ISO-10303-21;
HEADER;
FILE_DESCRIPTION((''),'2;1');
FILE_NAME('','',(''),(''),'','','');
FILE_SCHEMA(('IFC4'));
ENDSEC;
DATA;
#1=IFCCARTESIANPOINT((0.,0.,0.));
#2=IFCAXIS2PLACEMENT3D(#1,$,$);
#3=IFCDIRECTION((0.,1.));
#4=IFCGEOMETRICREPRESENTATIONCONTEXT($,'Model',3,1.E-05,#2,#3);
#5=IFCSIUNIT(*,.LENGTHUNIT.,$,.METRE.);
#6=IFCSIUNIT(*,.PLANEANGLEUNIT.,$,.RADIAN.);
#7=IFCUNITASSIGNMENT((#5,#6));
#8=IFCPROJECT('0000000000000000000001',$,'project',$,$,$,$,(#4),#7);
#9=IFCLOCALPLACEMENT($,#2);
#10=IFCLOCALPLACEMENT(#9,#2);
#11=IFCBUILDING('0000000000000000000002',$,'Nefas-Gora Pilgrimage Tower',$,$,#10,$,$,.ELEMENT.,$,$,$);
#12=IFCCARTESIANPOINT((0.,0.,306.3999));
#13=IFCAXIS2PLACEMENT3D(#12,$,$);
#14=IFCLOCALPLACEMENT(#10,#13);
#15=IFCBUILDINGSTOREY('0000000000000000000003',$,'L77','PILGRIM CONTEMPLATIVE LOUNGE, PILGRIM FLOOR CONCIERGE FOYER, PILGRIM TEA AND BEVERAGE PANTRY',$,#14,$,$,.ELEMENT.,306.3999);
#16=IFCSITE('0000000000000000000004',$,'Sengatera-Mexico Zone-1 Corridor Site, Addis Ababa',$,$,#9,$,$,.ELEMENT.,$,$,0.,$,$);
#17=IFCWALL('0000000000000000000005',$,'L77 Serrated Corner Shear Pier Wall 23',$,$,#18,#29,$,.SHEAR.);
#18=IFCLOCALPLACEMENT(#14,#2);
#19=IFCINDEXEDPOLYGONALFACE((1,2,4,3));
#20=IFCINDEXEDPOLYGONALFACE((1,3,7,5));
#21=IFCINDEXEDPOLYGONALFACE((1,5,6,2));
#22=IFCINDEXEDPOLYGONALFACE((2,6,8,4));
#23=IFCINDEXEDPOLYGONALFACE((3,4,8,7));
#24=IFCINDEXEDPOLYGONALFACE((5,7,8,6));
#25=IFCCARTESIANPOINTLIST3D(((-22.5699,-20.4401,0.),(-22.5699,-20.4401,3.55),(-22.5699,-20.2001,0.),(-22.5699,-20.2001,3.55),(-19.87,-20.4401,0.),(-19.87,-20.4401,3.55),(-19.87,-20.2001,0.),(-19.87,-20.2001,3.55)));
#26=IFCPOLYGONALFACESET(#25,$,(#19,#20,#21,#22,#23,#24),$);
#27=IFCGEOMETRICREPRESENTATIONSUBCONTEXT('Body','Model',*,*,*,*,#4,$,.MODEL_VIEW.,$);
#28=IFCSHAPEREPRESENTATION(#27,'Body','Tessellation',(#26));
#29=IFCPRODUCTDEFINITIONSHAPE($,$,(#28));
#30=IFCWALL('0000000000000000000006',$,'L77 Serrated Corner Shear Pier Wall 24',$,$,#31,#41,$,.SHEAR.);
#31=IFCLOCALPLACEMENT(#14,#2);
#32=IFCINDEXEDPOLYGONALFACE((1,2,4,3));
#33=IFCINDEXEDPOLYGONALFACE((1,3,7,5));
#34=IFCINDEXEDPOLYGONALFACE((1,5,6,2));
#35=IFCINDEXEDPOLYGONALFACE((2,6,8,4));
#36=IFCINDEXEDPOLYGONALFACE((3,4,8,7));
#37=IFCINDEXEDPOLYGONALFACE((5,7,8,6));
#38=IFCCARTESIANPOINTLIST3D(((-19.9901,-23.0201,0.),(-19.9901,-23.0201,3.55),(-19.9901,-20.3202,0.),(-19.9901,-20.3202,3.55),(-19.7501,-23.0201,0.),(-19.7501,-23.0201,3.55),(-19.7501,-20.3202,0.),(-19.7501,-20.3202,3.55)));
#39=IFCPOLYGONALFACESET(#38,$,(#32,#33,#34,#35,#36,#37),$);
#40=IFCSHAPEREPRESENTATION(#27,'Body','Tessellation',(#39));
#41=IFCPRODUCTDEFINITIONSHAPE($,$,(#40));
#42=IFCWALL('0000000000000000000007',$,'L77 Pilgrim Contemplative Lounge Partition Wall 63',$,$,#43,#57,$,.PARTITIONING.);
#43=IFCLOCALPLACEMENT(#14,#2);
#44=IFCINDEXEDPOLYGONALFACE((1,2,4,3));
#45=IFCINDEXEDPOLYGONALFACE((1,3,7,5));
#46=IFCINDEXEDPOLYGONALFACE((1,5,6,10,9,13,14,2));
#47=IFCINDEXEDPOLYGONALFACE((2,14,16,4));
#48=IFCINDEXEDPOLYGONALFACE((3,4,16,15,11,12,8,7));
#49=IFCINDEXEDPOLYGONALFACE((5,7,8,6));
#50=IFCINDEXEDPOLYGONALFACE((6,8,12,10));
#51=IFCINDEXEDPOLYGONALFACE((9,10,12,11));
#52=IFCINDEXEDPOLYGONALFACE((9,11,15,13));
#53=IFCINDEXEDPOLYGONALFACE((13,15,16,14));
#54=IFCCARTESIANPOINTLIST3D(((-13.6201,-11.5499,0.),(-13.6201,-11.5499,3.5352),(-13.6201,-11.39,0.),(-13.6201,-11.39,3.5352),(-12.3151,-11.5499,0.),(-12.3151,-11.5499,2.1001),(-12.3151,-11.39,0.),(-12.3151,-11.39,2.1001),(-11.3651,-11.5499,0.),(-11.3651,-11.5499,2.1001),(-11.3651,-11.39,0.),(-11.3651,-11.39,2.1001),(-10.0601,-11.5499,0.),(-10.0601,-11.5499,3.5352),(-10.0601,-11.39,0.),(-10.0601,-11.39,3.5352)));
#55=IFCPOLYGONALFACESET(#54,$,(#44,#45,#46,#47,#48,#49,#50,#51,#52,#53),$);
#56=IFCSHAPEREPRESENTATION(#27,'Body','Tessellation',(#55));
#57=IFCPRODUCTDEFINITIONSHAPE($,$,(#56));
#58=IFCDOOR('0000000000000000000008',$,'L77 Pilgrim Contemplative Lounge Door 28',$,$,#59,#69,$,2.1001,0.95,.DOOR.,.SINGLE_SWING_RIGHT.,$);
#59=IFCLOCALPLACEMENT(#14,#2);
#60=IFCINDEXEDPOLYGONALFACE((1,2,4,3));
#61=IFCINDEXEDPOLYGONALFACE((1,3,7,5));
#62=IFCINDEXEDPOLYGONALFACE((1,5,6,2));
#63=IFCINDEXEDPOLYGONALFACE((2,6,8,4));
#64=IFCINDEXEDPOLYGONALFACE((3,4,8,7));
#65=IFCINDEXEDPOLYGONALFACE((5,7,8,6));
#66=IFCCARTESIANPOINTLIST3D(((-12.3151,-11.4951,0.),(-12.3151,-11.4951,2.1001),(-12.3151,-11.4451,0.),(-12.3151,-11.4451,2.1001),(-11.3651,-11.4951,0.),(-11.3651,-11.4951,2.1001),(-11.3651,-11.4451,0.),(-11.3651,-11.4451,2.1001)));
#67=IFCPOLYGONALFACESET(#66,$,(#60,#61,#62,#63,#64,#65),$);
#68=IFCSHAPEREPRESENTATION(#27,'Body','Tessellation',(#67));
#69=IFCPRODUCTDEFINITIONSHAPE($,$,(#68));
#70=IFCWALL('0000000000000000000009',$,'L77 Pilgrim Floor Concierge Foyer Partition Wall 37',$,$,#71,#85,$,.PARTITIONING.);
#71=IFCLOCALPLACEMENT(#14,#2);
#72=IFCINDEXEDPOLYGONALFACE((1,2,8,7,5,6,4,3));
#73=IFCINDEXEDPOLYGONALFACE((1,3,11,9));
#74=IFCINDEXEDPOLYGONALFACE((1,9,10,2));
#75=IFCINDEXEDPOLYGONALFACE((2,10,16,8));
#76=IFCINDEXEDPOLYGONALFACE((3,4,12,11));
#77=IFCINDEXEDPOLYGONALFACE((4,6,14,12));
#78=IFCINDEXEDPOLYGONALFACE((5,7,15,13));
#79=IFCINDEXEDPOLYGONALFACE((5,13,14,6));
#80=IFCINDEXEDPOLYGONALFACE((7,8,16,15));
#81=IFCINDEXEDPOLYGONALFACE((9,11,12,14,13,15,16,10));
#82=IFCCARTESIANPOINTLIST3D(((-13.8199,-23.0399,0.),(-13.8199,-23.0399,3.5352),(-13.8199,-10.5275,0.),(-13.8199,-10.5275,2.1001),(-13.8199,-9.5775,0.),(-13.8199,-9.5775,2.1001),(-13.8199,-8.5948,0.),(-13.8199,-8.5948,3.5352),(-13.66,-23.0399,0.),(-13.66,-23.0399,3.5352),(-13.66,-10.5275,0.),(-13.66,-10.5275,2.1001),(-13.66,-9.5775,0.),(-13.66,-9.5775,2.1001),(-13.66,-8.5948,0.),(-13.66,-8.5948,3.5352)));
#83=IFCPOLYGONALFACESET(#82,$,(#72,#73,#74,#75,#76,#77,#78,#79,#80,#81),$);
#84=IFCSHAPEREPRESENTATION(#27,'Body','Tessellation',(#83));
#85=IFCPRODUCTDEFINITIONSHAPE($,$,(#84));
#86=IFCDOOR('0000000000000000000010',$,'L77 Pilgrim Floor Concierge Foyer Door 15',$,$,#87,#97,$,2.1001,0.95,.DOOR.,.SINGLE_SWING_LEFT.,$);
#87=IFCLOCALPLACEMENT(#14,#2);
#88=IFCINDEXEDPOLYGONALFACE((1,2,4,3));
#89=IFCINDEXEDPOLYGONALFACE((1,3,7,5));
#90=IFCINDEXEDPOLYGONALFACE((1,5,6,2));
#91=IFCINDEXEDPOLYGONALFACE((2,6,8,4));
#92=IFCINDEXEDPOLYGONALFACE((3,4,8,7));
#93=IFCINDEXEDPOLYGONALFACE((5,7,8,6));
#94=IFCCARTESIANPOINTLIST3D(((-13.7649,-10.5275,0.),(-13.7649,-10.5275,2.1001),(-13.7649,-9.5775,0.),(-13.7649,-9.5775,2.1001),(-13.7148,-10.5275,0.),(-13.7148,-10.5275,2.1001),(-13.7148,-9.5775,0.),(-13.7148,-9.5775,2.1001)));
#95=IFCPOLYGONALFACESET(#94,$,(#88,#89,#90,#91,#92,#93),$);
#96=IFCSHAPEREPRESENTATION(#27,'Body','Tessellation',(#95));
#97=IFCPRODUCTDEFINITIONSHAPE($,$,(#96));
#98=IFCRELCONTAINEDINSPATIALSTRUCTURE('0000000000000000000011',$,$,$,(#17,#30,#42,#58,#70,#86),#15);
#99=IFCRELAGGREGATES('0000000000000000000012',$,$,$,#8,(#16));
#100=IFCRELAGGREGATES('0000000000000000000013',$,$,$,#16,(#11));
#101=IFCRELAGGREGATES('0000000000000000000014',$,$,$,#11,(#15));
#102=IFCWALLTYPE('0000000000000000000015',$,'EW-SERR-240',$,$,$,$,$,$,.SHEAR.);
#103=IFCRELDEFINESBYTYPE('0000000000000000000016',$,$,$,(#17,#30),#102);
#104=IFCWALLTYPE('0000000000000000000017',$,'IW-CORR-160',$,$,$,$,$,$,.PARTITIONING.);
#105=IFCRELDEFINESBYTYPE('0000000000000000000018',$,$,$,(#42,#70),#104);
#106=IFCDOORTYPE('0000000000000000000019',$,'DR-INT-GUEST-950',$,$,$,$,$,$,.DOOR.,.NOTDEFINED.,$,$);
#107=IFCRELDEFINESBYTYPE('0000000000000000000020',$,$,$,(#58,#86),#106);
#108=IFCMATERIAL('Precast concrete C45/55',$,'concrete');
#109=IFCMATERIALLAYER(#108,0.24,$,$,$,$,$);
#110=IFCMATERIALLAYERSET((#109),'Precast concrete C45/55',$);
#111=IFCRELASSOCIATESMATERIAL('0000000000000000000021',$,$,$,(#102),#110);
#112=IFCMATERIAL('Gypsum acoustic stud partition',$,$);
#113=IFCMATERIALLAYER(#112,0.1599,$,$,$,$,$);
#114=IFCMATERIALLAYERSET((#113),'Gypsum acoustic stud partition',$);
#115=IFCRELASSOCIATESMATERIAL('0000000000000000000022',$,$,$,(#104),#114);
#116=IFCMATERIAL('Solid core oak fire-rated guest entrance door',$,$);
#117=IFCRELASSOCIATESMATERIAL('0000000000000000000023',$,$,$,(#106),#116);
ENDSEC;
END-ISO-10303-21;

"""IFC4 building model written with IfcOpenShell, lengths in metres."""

from ifc_helpers import new_model, si_unit, direction, frame, frame_2d, origin, place, context, subcontext, project, spatial, rectangle, extrude, source, transform, mapped, material, layer, layer_set, type_object, element, fill, save


model = new_model("IFC4")

# Units and contexts
model_context = context("Model", 3, precision=1e-05, world=origin(), true_north=direction((0.0, 1.0)))
body_context = subcontext(model_context, "Body", "Model", "MODEL_VIEW")
ifc_project = project(units=[si_unit("LENGTHUNIT", "METRE"), si_unit("PLANEANGLEUNIT", "RADIAN")], contexts=[model_context])

# Site, building, storey
site_placement = place(None, origin())
site = spatial("IfcSite", under=ifc_project, at=site_placement, Name="Sengatera-Mexico Zone-1 Corridor Site, Addis Ababa", CompositionType="ELEMENT", RefElevation=0.0)
building_placement = place(site_placement, origin())
building = spatial("IfcBuilding", under=site, at=building_placement, Name="Nefas-Gora Pilgrimage Tower", CompositionType="ELEMENT")
storey_placement = place(building_placement, frame((0.0, 0.0, 306.3999)))
storey = spatial("IfcBuildingStorey", under=building, at=storey_placement, Name="L77", Description="PILGRIM CONTEMPLATIVE LOUNGE, PILGRIM FLOOR CONCIERGE FOYER, PILGRIM TEA AND BEVERAGE PANTRY", CompositionType="ELEMENT", Elevation=306.3999)

# Shared definitions
ifc_material_1 = material(Name="Precast concrete C45/55", Category="concrete")
ifc_layer_1 = layer(ifc_material_1, 0.24)
ifc_layer_set_1 = layer_set([ifc_layer_1], Name="Precast concrete C45/55")
wall_type_1 = type_object("IfcWallType", Name="EW-SERR-240", PredefinedType="SHEAR", material=ifc_layer_set_1)
shared_shape_1 = source(origin(), body_context, "Body", "SweptSolid", [
    extrude(rectangle(XDim=2.7, YDim=0.24, at=frame_2d((1.3501, 0.0))), origin(), (0.0, 0.0, 1.0), 3.55),
])

# Walls
for number, where, z_axis, x_axis, name in (
    (1, (-22.5701, -20.3201, 0.0), (0.0, 0.0, 1.0), (1.0, 0.0, 0.0), "L77 Serrated Corner Shear Pier Wall 23"),
    (2, (-19.8701, -20.3201, 0.0), (0.0, 0.0, 1.0), (0.0, -1.0, 0.0), "L77 Serrated Corner Shear Pier Wall 24"),
):
    element("IfcWall", number, at=place(storey_placement, frame(where, z_axis=z_axis, x_axis=x_axis)), inside=storey, type_object=wall_type_1, Name=name, PredefinedType="SHEAR", context=body_context, shape_type="MappedRepresentation", body=[
        mapped(shared_shape_1, transform((0.0, 0.0, 0.0), x_axis=(1.0, 0.0, 0.0), y_axis=(0.0, 1.0, 0.0), z_axis=(0.0, 0.0, 1.0), scale=1.0)),
    ])

# Walls, openings, doors
ifc_material_2 = material(Name="Gypsum acoustic stud partition")
ifc_layer_2 = layer(ifc_material_2, 0.1599)
ifc_layer_set_2 = layer_set([ifc_layer_2], Name="Gypsum acoustic stud partition")
wall_type_2 = type_object("IfcWallType", Name="IW-CORR-160", PredefinedType="PARTITIONING", material=ifc_layer_set_2)
shared_shape_2 = source(origin(), body_context, "Body", "SweptSolid", [
    extrude(rectangle(XDim=3.5601, YDim=0.1599, at=frame_2d((1.78, 0.0))), origin(), (0.0, 0.0, 1.0), 3.5352),
])
wall_1_placement = place(storey_placement, frame((-13.6201, -11.47, 0.0), z_axis=(0.0, 0.0, 1.0), x_axis=(1.0, 0.0, 0.0)))
wall_1 = element("IfcWall", 3, at=wall_1_placement, inside=storey, type_object=wall_type_2, Name="L77 Pilgrim Contemplative Lounge Partition Wall 63", PredefinedType="PARTITIONING", context=body_context, shape_type="MappedRepresentation", body=[
    mapped(shared_shape_2, transform((0.0, 0.0, 0.0), x_axis=(1.0, 0.0, 0.0), y_axis=(0.0, 1.0, 0.0), z_axis=(0.0, 0.0, 1.0), scale=1.0)),
])
opening_1_placement = place(wall_1_placement, frame((1.3049, 0.0, 0.0)))
opening_1 = element("IfcOpeningElement", 4, at=opening_1_placement, cuts=wall_1, PredefinedType="OPENING", context=body_context, shape_type="SweptSolid", body=[
    extrude(rectangle(XDim=0.95, YDim=2.1001, at=frame_2d((0.4751, 1.05))), frame((0.0, 0.0898, 0.0), z_axis=(0.0, -1.0, 0.0), x_axis=(1.0, 0.0, 0.0)), (0.0, 0.0, 1.0), 0.1799),
])
ifc_material_3 = material(Name="Solid core oak fire-rated guest entrance door")
door_type = type_object("IfcDoorType", Name="DR-INT-GUEST-950", OperationType="NOTDEFINED", PredefinedType="DOOR", material=ifc_material_3)
shared_shape_3 = source(origin(), body_context, "Body", "SweptSolid", [
    extrude(rectangle(XDim=0.95, YDim=2.1001, at=frame_2d((0.4751, 1.05))), frame((0.0, 0.0249, 0.0), z_axis=(0.0, -1.0, 0.0), x_axis=(1.0, 0.0, 0.0)), (0.0, 0.0, 1.0), 0.05),
])
door_1_placement = place(opening_1_placement, origin())
door_1 = element("IfcDoor", 5, at=door_1_placement, inside=storey, type_object=door_type, Name="L77 Pilgrim Contemplative Lounge Door 28", OperationType="SINGLE_SWING_RIGHT", OverallHeight=2.1001, OverallWidth=0.95, PredefinedType="DOOR", context=body_context, shape_type="MappedRepresentation", body=[
    mapped(shared_shape_3, transform((0.0, 0.0, 0.0), x_axis=(1.0, 0.0, 0.0), y_axis=(0.0, 1.0, 0.0), z_axis=(0.0, 0.0, 1.0), scale=1.0)),
])
fill(opening_1, door_1)
shared_shape_4 = source(origin(), body_context, "Body", "SweptSolid", [
    extrude(rectangle(XDim=14.4451, YDim=0.1599, at=frame_2d((7.2227, 0.0))), origin(), (0.0, 0.0, 1.0), 3.5352),
])
wall_2_placement = place(storey_placement, frame((-13.74, -23.04, 0.0), z_axis=(0.0, 0.0, 1.0), x_axis=(0.0, 1.0, 0.0)))
wall_2 = element("IfcWall", 6, at=wall_2_placement, inside=storey, type_object=wall_type_2, Name="L77 Pilgrim Floor Concierge Foyer Partition Wall 37", PredefinedType="PARTITIONING", context=body_context, shape_type="MappedRepresentation", body=[
    mapped(shared_shape_4, transform((0.0, 0.0, 0.0), x_axis=(1.0, 0.0, 0.0), y_axis=(0.0, 1.0, 0.0), z_axis=(0.0, 0.0, 1.0), scale=1.0)),
])
opening_2_placement = place(wall_2_placement, frame((12.5125, 0.0, 0.0)))
opening_2 = element("IfcOpeningElement", 7, at=opening_2_placement, cuts=wall_2, PredefinedType="OPENING", context=body_context, shape_type="SweptSolid", body=[
    extrude(rectangle(XDim=0.95, YDim=2.1001, at=frame_2d((0.4751, 1.05))), frame((0.0, 0.0898, 0.0), z_axis=(0.0, -1.0, 0.0), x_axis=(1.0, 0.0, 0.0)), (0.0, 0.0, 1.0), 0.1799),
])
door_2_placement = place(opening_2_placement, origin())
door_2 = element("IfcDoor", 8, at=door_2_placement, inside=storey, type_object=door_type, Name="L77 Pilgrim Floor Concierge Foyer Door 15", OperationType="SINGLE_SWING_LEFT", OverallHeight=2.1001, OverallWidth=0.95, PredefinedType="DOOR", context=body_context, shape_type="MappedRepresentation", body=[
    mapped(shared_shape_3, transform((0.0, 0.0, 0.0), x_axis=(1.0, 0.0, 0.0), y_axis=(0.0, 1.0, 0.0), z_axis=(0.0, 0.0, 1.0), scale=1.0)),
])
fill(opening_2, door_2)

save(model, "model.ifc")
